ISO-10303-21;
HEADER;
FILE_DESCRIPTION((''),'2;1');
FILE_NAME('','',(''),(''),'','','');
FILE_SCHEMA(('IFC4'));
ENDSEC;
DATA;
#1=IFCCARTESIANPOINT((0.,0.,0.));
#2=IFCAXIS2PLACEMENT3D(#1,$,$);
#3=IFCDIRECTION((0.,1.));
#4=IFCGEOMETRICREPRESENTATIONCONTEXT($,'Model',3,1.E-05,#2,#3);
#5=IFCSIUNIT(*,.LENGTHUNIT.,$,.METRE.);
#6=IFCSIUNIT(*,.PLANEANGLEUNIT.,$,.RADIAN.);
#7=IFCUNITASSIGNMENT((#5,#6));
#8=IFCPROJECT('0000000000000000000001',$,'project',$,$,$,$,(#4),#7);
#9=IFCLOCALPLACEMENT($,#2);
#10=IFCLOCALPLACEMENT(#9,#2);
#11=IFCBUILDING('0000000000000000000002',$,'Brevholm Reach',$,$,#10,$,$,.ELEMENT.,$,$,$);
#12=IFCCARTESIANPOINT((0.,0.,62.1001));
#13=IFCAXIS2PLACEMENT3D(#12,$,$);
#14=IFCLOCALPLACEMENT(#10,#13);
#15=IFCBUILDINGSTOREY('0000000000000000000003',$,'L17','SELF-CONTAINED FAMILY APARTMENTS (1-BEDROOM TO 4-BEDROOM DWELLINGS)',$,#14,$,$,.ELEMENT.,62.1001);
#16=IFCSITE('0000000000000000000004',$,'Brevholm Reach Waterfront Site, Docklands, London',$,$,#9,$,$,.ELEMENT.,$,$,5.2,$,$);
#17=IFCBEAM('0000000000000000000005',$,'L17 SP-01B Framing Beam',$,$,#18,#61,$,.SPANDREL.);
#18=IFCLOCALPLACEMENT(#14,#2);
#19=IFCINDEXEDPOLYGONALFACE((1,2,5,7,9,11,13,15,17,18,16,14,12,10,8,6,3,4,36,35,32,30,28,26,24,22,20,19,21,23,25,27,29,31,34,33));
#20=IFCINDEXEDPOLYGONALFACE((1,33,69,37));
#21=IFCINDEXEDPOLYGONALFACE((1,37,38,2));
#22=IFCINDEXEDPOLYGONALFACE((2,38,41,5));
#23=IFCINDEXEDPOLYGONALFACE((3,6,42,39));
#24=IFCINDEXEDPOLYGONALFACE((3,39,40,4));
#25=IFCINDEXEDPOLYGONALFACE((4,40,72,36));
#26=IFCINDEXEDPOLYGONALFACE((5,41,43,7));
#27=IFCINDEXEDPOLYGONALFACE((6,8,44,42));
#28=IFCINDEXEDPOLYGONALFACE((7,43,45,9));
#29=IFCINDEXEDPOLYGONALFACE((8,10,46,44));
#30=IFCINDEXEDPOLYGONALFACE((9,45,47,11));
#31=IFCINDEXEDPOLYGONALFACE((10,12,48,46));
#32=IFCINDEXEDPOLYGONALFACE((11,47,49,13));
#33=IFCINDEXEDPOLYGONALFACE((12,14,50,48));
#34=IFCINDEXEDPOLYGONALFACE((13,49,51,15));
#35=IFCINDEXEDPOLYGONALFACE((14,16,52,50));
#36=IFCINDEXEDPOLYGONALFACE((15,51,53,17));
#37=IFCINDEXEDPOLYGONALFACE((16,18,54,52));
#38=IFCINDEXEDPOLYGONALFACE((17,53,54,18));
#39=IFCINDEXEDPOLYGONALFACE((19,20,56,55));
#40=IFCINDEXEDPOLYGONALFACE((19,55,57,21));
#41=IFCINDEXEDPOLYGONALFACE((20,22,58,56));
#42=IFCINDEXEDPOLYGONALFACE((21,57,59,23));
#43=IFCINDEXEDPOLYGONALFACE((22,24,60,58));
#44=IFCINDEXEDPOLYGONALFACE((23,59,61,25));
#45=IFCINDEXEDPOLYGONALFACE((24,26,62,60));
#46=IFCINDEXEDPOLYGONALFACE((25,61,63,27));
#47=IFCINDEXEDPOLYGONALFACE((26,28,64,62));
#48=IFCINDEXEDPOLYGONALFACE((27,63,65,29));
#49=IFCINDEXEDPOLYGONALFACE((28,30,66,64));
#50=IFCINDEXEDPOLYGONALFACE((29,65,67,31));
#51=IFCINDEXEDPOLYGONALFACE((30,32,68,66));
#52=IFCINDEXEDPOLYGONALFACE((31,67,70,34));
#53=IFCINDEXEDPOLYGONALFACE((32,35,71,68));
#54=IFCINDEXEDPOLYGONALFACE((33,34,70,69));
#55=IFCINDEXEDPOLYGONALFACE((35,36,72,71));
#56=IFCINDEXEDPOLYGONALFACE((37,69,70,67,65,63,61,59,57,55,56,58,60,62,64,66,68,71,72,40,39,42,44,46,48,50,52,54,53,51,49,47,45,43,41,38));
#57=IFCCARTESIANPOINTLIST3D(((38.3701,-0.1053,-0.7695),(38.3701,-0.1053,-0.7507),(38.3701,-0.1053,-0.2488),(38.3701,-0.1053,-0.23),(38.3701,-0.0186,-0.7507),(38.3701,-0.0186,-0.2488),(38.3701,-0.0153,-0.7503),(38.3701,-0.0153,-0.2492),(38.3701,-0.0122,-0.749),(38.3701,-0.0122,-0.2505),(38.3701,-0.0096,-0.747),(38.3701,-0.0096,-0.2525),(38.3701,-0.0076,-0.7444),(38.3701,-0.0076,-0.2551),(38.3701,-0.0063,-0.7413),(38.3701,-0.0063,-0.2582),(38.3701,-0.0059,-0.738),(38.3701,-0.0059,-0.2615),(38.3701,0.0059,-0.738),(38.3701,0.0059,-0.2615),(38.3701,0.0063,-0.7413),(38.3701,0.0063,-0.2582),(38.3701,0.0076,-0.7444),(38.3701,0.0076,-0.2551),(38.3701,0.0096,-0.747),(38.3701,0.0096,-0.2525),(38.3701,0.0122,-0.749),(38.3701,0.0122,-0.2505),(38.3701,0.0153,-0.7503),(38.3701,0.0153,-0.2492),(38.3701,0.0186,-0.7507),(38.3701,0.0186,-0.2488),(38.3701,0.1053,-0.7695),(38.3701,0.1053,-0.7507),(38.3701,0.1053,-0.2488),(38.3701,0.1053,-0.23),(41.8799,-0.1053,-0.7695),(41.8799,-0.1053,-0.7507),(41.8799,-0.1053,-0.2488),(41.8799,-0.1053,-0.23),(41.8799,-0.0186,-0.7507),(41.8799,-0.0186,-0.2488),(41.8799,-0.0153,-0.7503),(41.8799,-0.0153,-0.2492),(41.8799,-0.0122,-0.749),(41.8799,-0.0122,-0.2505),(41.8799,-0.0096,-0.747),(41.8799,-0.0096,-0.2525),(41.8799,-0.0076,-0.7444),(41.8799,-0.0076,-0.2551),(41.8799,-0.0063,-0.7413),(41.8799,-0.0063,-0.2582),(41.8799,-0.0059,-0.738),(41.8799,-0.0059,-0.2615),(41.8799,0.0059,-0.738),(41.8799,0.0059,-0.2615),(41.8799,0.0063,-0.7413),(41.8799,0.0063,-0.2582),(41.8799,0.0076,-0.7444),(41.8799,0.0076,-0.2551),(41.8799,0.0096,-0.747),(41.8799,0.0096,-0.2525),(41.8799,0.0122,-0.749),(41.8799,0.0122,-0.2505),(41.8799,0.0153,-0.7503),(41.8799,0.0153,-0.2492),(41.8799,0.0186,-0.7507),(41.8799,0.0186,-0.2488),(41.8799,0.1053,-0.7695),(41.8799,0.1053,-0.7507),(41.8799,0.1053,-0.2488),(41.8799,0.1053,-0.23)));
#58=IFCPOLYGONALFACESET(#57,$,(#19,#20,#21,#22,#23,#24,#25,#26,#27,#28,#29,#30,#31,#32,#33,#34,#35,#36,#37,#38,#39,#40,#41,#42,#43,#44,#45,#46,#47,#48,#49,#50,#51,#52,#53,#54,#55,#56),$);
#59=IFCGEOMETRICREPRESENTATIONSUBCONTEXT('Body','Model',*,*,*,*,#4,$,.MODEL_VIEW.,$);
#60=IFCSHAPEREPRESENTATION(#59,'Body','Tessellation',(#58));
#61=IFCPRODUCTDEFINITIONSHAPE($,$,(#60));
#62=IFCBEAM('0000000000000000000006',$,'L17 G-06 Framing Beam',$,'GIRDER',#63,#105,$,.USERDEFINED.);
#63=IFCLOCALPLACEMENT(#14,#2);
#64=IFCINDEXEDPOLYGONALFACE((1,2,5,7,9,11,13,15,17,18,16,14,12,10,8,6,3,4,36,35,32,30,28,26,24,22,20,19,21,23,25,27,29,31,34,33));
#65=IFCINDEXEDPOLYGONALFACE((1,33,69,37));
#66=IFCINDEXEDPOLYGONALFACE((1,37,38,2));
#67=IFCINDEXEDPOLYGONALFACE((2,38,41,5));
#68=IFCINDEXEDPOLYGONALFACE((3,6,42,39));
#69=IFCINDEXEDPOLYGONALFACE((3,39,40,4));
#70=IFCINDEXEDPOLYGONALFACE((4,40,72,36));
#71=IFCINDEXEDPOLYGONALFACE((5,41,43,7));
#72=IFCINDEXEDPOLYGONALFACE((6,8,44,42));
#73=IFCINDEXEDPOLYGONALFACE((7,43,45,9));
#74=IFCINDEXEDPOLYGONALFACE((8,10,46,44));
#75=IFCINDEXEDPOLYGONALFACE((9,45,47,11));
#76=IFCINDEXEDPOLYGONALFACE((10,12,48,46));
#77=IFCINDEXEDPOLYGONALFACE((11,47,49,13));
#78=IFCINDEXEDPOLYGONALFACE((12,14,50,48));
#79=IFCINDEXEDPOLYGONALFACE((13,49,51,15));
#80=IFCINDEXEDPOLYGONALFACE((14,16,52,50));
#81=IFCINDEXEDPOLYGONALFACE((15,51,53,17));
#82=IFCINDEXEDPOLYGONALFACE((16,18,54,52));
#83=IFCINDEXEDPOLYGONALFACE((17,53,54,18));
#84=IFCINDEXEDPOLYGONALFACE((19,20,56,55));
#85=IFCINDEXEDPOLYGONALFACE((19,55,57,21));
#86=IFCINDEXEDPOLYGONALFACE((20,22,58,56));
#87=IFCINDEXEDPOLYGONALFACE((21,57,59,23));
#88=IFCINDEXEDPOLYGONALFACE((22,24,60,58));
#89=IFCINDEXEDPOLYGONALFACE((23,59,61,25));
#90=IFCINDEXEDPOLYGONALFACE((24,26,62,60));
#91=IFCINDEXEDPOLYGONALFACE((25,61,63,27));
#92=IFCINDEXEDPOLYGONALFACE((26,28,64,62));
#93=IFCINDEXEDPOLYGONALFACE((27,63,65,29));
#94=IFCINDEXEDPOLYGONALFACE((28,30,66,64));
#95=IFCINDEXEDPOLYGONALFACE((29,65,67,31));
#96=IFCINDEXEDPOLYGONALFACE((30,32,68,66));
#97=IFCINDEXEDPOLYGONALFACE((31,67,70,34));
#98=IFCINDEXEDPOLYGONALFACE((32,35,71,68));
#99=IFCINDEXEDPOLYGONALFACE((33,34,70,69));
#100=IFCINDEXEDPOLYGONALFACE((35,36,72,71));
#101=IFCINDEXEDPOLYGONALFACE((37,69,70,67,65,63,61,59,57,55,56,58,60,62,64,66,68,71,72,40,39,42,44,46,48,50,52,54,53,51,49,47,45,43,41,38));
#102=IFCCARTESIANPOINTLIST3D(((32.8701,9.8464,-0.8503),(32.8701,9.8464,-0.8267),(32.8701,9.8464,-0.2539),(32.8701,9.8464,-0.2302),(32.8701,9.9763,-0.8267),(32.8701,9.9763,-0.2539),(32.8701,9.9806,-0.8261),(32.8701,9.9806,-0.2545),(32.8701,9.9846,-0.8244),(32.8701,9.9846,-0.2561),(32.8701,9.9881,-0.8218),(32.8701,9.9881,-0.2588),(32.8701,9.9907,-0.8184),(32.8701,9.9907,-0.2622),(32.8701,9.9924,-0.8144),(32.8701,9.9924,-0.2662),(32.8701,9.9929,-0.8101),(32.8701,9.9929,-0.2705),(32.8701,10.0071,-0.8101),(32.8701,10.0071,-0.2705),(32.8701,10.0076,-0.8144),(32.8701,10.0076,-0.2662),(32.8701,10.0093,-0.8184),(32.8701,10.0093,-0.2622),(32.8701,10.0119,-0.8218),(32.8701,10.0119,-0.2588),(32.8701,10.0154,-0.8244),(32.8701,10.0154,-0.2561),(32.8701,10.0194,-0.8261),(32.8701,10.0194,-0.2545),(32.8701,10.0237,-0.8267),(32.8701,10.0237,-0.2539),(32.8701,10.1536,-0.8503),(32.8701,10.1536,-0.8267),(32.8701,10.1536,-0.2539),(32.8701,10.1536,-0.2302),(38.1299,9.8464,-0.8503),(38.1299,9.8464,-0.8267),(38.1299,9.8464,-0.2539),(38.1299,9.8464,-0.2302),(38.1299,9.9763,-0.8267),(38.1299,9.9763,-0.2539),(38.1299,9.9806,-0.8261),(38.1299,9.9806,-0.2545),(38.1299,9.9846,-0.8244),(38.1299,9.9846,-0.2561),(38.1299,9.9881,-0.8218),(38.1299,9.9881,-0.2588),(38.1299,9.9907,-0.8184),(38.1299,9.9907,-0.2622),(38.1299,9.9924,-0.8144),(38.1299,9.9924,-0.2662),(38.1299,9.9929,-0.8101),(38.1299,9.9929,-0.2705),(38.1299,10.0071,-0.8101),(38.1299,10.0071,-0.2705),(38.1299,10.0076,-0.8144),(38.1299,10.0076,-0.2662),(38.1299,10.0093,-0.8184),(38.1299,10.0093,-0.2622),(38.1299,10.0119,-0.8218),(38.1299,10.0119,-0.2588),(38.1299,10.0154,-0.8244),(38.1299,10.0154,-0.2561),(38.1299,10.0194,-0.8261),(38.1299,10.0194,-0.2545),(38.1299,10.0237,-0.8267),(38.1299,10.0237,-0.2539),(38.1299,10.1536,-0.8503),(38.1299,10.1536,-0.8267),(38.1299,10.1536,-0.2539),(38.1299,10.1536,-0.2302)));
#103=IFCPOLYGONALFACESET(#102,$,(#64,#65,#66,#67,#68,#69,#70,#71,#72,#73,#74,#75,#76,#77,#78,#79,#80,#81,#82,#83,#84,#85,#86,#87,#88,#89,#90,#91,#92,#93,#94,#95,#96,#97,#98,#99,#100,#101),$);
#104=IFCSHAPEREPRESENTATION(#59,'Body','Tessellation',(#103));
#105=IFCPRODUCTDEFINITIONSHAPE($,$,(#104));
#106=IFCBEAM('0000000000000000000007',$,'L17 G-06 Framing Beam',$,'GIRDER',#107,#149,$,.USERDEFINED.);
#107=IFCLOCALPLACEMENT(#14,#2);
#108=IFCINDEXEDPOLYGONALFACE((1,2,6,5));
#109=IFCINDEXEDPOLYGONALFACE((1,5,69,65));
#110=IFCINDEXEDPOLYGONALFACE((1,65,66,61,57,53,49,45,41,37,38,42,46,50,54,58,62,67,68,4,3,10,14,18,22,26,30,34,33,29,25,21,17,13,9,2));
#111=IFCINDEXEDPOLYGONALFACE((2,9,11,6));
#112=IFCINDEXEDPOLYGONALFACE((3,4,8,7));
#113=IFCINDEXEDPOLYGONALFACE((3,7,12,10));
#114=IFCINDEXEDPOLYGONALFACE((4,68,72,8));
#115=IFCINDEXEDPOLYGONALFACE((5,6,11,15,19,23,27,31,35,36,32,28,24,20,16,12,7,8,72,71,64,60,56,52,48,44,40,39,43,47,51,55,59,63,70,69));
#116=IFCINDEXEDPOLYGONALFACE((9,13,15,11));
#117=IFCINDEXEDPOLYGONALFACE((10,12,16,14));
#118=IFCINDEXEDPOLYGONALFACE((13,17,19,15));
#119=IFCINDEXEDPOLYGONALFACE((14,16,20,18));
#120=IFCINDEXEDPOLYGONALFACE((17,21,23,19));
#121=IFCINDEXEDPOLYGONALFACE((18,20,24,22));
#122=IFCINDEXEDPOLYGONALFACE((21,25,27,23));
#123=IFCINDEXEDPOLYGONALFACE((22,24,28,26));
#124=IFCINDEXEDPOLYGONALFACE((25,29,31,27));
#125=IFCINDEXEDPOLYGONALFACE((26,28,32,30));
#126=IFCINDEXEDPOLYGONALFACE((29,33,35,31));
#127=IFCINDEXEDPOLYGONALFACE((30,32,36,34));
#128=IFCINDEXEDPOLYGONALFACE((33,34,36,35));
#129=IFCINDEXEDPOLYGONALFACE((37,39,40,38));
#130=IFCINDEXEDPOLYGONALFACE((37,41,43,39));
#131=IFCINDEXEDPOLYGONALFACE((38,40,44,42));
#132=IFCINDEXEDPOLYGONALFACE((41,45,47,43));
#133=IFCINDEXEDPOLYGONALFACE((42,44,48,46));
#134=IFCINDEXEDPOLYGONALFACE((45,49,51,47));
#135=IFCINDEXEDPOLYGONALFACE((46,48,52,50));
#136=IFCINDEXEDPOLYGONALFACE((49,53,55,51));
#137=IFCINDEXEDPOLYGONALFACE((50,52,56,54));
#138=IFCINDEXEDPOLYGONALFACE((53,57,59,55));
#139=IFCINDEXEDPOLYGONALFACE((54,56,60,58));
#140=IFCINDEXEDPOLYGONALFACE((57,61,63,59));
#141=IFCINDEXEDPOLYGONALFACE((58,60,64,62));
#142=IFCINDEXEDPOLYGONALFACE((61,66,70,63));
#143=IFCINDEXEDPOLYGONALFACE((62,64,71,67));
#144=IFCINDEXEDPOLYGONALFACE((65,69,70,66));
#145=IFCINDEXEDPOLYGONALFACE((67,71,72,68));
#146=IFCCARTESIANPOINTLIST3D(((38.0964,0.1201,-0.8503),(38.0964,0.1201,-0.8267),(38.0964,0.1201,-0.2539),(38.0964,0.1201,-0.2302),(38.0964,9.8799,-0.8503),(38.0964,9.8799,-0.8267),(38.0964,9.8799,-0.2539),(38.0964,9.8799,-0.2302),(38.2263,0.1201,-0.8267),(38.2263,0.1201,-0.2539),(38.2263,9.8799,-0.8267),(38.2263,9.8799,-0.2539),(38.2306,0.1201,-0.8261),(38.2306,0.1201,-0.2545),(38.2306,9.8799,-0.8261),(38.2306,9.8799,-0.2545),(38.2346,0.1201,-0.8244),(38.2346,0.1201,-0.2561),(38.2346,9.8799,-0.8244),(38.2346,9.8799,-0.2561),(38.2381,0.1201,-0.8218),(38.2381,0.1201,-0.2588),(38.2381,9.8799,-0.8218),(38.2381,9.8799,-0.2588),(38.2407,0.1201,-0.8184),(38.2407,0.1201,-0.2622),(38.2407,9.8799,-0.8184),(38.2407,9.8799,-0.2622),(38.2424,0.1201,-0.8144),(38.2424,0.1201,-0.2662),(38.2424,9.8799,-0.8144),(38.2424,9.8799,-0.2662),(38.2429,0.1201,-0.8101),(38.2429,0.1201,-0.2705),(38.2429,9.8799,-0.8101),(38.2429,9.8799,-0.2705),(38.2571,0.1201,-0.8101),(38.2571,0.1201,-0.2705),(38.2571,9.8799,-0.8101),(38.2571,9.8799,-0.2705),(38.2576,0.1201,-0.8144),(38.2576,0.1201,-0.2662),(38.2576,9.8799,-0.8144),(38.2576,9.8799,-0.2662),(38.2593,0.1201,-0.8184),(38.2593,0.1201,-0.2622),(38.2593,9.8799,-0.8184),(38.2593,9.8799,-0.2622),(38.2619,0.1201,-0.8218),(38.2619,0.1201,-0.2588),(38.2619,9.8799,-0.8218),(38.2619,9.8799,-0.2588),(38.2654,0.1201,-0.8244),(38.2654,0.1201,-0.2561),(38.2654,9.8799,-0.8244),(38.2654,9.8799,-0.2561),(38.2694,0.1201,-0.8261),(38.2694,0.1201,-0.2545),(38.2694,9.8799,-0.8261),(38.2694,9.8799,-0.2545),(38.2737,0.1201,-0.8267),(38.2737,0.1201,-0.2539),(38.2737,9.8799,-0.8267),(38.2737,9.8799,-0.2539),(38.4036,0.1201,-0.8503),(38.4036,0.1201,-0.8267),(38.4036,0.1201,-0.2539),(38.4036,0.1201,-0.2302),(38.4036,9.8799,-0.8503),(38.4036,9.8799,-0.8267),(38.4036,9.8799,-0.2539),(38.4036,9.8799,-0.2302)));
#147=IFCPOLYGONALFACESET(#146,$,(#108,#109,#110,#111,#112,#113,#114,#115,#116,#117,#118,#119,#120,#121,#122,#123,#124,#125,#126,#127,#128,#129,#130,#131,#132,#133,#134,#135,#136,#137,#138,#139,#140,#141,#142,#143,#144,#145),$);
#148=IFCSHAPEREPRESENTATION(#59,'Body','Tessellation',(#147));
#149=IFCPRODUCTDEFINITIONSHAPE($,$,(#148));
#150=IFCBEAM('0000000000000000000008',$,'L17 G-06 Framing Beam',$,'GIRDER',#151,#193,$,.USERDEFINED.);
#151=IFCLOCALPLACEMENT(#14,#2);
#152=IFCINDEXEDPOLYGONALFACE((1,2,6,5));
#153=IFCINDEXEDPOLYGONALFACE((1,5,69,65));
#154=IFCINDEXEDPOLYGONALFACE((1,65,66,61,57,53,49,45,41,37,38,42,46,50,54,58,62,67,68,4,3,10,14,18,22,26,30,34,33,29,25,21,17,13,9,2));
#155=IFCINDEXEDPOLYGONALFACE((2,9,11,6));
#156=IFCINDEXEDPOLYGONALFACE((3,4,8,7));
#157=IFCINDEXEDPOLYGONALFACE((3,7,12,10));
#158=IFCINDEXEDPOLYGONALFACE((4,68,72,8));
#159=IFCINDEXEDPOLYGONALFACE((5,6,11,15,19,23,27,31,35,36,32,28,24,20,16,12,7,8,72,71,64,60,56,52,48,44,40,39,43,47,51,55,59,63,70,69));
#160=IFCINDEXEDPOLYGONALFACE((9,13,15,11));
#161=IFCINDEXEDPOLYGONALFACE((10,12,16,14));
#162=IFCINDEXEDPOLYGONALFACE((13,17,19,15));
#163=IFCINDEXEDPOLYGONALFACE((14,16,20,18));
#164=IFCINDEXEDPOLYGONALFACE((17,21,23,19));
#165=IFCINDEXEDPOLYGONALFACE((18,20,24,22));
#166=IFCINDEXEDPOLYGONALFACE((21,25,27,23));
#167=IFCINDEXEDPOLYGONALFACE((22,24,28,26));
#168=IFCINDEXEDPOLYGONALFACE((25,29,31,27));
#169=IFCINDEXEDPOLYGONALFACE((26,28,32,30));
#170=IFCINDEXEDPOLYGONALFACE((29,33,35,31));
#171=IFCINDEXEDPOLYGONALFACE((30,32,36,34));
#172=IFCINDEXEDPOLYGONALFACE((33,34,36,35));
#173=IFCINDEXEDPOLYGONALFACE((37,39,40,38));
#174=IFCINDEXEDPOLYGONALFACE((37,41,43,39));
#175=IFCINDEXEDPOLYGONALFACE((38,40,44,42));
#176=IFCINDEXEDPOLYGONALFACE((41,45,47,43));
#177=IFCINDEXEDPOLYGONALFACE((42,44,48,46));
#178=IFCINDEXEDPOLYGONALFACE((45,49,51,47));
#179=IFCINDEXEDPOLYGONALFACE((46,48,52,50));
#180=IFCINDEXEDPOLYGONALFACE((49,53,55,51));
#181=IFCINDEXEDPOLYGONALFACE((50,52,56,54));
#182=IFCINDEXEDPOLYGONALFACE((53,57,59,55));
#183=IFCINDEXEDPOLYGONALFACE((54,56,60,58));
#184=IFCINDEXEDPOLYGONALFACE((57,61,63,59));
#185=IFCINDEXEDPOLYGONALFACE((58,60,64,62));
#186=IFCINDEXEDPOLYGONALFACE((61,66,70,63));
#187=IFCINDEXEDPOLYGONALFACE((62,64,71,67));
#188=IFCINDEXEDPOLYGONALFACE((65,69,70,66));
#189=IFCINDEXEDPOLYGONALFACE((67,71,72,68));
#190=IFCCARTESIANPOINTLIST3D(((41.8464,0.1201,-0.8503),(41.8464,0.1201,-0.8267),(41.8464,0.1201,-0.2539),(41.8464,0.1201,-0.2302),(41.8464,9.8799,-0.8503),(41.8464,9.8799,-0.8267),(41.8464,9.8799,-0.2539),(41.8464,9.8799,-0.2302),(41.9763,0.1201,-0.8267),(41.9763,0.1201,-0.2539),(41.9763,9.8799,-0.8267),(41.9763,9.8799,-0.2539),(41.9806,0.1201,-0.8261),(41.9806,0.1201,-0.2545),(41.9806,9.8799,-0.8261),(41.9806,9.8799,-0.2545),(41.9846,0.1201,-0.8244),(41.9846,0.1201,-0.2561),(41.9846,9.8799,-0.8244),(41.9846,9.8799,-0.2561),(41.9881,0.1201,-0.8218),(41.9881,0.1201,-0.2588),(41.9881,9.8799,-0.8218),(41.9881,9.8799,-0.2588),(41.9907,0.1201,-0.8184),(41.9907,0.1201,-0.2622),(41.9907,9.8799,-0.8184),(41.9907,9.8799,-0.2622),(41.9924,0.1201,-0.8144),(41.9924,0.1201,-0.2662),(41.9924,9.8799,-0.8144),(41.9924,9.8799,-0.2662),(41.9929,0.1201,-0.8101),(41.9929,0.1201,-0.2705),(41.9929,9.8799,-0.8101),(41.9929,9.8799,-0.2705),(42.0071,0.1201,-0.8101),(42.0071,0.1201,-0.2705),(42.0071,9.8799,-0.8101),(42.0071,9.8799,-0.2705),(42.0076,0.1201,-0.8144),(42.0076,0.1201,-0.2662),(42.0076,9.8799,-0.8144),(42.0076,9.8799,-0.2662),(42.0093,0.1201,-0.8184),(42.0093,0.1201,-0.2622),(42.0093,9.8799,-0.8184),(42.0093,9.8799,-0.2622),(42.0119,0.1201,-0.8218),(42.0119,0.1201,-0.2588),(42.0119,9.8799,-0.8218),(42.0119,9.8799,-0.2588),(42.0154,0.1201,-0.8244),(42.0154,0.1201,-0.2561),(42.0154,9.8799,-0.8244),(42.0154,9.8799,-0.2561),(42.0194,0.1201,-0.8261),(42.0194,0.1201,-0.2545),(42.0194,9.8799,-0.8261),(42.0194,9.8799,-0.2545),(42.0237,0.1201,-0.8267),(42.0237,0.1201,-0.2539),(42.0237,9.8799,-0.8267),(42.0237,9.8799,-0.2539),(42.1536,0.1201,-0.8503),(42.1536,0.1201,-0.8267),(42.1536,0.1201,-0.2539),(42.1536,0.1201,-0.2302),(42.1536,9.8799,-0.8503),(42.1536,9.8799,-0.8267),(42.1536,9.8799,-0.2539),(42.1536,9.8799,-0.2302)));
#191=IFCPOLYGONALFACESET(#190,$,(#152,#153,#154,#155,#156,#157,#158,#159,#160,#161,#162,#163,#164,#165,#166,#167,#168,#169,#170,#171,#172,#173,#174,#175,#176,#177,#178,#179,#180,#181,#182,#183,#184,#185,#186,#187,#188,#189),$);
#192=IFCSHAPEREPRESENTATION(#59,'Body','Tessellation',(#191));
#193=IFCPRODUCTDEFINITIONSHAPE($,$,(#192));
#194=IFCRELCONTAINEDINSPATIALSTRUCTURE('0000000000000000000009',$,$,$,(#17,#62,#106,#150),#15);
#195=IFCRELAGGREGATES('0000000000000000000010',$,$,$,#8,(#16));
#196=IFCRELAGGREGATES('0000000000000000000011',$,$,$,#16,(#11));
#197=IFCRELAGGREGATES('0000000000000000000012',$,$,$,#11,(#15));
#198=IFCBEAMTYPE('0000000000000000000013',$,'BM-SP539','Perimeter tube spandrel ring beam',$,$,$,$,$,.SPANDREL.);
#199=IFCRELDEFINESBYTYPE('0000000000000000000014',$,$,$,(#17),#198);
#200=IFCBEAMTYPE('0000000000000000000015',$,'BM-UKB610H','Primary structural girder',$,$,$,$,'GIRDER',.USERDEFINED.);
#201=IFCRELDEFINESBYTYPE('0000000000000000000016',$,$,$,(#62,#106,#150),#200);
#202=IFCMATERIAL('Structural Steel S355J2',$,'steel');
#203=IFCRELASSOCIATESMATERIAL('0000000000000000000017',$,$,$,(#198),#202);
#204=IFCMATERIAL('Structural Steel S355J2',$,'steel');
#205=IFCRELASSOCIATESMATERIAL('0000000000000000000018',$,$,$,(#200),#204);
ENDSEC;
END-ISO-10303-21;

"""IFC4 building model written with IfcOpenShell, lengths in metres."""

from ifc_helpers import new_model, si_unit, direction, frame, origin, origin_2d, place, context, subcontext, project, spatial, i_section, extrude, material, material_profile, profile_set, type_object, element, save


model = new_model("IFC4")

# Units and contexts
model_context = context("Model", 3, precision=1e-05, world=origin(), true_north=direction((0.0, 1.0)))
body_context = subcontext(model_context, "Body", "Model", "MODEL_VIEW")
ifc_project = project(units=[si_unit("LENGTHUNIT", "METRE"), si_unit("PLANEANGLEUNIT", "RADIAN")], contexts=[model_context])

# Site, building, storey
site_placement = place(None, origin())
site = spatial("IfcSite", under=ifc_project, at=site_placement, Name="Brevholm Reach Waterfront Site, Docklands, London", CompositionType="ELEMENT", RefElevation=5.2)
building_placement = place(site_placement, origin())
building = spatial("IfcBuilding", under=site, at=building_placement, Name="Brevholm Reach", CompositionType="ELEMENT")
storey_placement = place(building_placement, frame((0.0, 0.0, 62.1001)))
storey = spatial("IfcBuildingStorey", under=building, at=storey_placement, Name="L17", Description="SELF-CONTAINED FAMILY APARTMENTS (1-BEDROOM TO 4-BEDROOM DWELLINGS)", CompositionType="ELEMENT", Elevation=62.1001)

# Beams
ifc_material_1 = material(Name="Structural Steel S355J2", Category="steel")
ifc_material_profile_1 = material_profile(ifc_material_1, i_section(OverallWidth=0.2107, OverallDepth=0.5396, WebThickness=0.0117, FlangeThickness=0.0188, FilletRadius=0.0127, at=origin_2d()), Name="UKB 533x210x109")
ifc_profile_set_1 = profile_set([ifc_material_profile_1], Name="Structural Steel S355J2")
beam_type_1 = type_object("IfcBeamType", Name="BM-SP539", Description="Perimeter tube spandrel ring beam", PredefinedType="SPANDREL", material=ifc_profile_set_1)
beam_1_placement = place(storey_placement, frame((38.3701, 0.0, -0.4998), z_axis=(1.0, 0.0, 0.0), x_axis=(0.0, 1.0, 0.0)))
element("IfcBeam", 1, at=beam_1_placement, inside=storey, type_object=beam_type_1, Name="L17 SP-01B Framing Beam", PredefinedType="SPANDREL", context=body_context, shape_type="SweptSolid", body=[
    extrude(i_section(OverallWidth=0.2107, OverallDepth=0.5396, WebThickness=0.0117, FlangeThickness=0.0188, FilletRadius=0.0127, at=origin_2d()), origin(), (0.0, 0.0, 1.0), 3.5098),
])
ifc_material_2 = material(Name="Structural Steel S355J2", Category="steel")
ifc_material_profile_2 = material_profile(ifc_material_2, i_section(OverallWidth=0.3071, OverallDepth=0.6201, WebThickness=0.0142, FlangeThickness=0.0237, FilletRadius=0.0166, at=origin_2d()), Name="UKB 610x305x179")
ifc_profile_set_2 = profile_set([ifc_material_profile_2], Name="Structural Steel S355J2")
beam_type_2 = type_object("IfcBeamType", Name="BM-UKB610H", Description="Primary structural girder", ElementType="GIRDER", PredefinedType="USERDEFINED", material=ifc_profile_set_2)
beam_2_placement = place(storey_placement, frame((32.8701, 10.0, -0.5403), z_axis=(1.0, 0.0, 0.0), x_axis=(0.0, 1.0, 0.0)))
element("IfcBeam", 2, at=beam_2_placement, inside=storey, type_object=beam_type_2, Name="L17 G-06 Framing Beam", ObjectType="GIRDER", PredefinedType="USERDEFINED", context=body_context, shape_type="SweptSolid", body=[
    extrude(i_section(OverallWidth=0.3071, OverallDepth=0.6201, WebThickness=0.0142, FlangeThickness=0.0237, FilletRadius=0.0166, at=origin_2d()), origin(), (0.0, 0.0, 1.0), 5.2598),
])
for number, where, z_axis, x_axis, name in (
    (3, (38.25, 0.1201, -0.5403), (0.0, 1.0, 0.0), (-1.0, 0.0, 0.0), "L17 G-06 Framing Beam"),
    (4, (42.0, 0.1201, -0.5403), (0.0, 1.0, 0.0), (-1.0, 0.0, 0.0), "L17 G-06 Framing Beam"),
):
    element("IfcBeam", number, at=place(storey_placement, frame(where, z_axis=z_axis, x_axis=x_axis)), inside=storey, type_object=beam_type_2, Name=name, ObjectType="GIRDER", PredefinedType="USERDEFINED", context=body_context, shape_type="SweptSolid", body=[
        extrude(i_section(OverallWidth=0.3071, OverallDepth=0.6201, WebThickness=0.0142, FlangeThickness=0.0237, FilletRadius=0.0166, at=origin_2d()), origin(), (0.0, 0.0, 1.0), 9.7598),
    ])

save(model, "model.ifc")
